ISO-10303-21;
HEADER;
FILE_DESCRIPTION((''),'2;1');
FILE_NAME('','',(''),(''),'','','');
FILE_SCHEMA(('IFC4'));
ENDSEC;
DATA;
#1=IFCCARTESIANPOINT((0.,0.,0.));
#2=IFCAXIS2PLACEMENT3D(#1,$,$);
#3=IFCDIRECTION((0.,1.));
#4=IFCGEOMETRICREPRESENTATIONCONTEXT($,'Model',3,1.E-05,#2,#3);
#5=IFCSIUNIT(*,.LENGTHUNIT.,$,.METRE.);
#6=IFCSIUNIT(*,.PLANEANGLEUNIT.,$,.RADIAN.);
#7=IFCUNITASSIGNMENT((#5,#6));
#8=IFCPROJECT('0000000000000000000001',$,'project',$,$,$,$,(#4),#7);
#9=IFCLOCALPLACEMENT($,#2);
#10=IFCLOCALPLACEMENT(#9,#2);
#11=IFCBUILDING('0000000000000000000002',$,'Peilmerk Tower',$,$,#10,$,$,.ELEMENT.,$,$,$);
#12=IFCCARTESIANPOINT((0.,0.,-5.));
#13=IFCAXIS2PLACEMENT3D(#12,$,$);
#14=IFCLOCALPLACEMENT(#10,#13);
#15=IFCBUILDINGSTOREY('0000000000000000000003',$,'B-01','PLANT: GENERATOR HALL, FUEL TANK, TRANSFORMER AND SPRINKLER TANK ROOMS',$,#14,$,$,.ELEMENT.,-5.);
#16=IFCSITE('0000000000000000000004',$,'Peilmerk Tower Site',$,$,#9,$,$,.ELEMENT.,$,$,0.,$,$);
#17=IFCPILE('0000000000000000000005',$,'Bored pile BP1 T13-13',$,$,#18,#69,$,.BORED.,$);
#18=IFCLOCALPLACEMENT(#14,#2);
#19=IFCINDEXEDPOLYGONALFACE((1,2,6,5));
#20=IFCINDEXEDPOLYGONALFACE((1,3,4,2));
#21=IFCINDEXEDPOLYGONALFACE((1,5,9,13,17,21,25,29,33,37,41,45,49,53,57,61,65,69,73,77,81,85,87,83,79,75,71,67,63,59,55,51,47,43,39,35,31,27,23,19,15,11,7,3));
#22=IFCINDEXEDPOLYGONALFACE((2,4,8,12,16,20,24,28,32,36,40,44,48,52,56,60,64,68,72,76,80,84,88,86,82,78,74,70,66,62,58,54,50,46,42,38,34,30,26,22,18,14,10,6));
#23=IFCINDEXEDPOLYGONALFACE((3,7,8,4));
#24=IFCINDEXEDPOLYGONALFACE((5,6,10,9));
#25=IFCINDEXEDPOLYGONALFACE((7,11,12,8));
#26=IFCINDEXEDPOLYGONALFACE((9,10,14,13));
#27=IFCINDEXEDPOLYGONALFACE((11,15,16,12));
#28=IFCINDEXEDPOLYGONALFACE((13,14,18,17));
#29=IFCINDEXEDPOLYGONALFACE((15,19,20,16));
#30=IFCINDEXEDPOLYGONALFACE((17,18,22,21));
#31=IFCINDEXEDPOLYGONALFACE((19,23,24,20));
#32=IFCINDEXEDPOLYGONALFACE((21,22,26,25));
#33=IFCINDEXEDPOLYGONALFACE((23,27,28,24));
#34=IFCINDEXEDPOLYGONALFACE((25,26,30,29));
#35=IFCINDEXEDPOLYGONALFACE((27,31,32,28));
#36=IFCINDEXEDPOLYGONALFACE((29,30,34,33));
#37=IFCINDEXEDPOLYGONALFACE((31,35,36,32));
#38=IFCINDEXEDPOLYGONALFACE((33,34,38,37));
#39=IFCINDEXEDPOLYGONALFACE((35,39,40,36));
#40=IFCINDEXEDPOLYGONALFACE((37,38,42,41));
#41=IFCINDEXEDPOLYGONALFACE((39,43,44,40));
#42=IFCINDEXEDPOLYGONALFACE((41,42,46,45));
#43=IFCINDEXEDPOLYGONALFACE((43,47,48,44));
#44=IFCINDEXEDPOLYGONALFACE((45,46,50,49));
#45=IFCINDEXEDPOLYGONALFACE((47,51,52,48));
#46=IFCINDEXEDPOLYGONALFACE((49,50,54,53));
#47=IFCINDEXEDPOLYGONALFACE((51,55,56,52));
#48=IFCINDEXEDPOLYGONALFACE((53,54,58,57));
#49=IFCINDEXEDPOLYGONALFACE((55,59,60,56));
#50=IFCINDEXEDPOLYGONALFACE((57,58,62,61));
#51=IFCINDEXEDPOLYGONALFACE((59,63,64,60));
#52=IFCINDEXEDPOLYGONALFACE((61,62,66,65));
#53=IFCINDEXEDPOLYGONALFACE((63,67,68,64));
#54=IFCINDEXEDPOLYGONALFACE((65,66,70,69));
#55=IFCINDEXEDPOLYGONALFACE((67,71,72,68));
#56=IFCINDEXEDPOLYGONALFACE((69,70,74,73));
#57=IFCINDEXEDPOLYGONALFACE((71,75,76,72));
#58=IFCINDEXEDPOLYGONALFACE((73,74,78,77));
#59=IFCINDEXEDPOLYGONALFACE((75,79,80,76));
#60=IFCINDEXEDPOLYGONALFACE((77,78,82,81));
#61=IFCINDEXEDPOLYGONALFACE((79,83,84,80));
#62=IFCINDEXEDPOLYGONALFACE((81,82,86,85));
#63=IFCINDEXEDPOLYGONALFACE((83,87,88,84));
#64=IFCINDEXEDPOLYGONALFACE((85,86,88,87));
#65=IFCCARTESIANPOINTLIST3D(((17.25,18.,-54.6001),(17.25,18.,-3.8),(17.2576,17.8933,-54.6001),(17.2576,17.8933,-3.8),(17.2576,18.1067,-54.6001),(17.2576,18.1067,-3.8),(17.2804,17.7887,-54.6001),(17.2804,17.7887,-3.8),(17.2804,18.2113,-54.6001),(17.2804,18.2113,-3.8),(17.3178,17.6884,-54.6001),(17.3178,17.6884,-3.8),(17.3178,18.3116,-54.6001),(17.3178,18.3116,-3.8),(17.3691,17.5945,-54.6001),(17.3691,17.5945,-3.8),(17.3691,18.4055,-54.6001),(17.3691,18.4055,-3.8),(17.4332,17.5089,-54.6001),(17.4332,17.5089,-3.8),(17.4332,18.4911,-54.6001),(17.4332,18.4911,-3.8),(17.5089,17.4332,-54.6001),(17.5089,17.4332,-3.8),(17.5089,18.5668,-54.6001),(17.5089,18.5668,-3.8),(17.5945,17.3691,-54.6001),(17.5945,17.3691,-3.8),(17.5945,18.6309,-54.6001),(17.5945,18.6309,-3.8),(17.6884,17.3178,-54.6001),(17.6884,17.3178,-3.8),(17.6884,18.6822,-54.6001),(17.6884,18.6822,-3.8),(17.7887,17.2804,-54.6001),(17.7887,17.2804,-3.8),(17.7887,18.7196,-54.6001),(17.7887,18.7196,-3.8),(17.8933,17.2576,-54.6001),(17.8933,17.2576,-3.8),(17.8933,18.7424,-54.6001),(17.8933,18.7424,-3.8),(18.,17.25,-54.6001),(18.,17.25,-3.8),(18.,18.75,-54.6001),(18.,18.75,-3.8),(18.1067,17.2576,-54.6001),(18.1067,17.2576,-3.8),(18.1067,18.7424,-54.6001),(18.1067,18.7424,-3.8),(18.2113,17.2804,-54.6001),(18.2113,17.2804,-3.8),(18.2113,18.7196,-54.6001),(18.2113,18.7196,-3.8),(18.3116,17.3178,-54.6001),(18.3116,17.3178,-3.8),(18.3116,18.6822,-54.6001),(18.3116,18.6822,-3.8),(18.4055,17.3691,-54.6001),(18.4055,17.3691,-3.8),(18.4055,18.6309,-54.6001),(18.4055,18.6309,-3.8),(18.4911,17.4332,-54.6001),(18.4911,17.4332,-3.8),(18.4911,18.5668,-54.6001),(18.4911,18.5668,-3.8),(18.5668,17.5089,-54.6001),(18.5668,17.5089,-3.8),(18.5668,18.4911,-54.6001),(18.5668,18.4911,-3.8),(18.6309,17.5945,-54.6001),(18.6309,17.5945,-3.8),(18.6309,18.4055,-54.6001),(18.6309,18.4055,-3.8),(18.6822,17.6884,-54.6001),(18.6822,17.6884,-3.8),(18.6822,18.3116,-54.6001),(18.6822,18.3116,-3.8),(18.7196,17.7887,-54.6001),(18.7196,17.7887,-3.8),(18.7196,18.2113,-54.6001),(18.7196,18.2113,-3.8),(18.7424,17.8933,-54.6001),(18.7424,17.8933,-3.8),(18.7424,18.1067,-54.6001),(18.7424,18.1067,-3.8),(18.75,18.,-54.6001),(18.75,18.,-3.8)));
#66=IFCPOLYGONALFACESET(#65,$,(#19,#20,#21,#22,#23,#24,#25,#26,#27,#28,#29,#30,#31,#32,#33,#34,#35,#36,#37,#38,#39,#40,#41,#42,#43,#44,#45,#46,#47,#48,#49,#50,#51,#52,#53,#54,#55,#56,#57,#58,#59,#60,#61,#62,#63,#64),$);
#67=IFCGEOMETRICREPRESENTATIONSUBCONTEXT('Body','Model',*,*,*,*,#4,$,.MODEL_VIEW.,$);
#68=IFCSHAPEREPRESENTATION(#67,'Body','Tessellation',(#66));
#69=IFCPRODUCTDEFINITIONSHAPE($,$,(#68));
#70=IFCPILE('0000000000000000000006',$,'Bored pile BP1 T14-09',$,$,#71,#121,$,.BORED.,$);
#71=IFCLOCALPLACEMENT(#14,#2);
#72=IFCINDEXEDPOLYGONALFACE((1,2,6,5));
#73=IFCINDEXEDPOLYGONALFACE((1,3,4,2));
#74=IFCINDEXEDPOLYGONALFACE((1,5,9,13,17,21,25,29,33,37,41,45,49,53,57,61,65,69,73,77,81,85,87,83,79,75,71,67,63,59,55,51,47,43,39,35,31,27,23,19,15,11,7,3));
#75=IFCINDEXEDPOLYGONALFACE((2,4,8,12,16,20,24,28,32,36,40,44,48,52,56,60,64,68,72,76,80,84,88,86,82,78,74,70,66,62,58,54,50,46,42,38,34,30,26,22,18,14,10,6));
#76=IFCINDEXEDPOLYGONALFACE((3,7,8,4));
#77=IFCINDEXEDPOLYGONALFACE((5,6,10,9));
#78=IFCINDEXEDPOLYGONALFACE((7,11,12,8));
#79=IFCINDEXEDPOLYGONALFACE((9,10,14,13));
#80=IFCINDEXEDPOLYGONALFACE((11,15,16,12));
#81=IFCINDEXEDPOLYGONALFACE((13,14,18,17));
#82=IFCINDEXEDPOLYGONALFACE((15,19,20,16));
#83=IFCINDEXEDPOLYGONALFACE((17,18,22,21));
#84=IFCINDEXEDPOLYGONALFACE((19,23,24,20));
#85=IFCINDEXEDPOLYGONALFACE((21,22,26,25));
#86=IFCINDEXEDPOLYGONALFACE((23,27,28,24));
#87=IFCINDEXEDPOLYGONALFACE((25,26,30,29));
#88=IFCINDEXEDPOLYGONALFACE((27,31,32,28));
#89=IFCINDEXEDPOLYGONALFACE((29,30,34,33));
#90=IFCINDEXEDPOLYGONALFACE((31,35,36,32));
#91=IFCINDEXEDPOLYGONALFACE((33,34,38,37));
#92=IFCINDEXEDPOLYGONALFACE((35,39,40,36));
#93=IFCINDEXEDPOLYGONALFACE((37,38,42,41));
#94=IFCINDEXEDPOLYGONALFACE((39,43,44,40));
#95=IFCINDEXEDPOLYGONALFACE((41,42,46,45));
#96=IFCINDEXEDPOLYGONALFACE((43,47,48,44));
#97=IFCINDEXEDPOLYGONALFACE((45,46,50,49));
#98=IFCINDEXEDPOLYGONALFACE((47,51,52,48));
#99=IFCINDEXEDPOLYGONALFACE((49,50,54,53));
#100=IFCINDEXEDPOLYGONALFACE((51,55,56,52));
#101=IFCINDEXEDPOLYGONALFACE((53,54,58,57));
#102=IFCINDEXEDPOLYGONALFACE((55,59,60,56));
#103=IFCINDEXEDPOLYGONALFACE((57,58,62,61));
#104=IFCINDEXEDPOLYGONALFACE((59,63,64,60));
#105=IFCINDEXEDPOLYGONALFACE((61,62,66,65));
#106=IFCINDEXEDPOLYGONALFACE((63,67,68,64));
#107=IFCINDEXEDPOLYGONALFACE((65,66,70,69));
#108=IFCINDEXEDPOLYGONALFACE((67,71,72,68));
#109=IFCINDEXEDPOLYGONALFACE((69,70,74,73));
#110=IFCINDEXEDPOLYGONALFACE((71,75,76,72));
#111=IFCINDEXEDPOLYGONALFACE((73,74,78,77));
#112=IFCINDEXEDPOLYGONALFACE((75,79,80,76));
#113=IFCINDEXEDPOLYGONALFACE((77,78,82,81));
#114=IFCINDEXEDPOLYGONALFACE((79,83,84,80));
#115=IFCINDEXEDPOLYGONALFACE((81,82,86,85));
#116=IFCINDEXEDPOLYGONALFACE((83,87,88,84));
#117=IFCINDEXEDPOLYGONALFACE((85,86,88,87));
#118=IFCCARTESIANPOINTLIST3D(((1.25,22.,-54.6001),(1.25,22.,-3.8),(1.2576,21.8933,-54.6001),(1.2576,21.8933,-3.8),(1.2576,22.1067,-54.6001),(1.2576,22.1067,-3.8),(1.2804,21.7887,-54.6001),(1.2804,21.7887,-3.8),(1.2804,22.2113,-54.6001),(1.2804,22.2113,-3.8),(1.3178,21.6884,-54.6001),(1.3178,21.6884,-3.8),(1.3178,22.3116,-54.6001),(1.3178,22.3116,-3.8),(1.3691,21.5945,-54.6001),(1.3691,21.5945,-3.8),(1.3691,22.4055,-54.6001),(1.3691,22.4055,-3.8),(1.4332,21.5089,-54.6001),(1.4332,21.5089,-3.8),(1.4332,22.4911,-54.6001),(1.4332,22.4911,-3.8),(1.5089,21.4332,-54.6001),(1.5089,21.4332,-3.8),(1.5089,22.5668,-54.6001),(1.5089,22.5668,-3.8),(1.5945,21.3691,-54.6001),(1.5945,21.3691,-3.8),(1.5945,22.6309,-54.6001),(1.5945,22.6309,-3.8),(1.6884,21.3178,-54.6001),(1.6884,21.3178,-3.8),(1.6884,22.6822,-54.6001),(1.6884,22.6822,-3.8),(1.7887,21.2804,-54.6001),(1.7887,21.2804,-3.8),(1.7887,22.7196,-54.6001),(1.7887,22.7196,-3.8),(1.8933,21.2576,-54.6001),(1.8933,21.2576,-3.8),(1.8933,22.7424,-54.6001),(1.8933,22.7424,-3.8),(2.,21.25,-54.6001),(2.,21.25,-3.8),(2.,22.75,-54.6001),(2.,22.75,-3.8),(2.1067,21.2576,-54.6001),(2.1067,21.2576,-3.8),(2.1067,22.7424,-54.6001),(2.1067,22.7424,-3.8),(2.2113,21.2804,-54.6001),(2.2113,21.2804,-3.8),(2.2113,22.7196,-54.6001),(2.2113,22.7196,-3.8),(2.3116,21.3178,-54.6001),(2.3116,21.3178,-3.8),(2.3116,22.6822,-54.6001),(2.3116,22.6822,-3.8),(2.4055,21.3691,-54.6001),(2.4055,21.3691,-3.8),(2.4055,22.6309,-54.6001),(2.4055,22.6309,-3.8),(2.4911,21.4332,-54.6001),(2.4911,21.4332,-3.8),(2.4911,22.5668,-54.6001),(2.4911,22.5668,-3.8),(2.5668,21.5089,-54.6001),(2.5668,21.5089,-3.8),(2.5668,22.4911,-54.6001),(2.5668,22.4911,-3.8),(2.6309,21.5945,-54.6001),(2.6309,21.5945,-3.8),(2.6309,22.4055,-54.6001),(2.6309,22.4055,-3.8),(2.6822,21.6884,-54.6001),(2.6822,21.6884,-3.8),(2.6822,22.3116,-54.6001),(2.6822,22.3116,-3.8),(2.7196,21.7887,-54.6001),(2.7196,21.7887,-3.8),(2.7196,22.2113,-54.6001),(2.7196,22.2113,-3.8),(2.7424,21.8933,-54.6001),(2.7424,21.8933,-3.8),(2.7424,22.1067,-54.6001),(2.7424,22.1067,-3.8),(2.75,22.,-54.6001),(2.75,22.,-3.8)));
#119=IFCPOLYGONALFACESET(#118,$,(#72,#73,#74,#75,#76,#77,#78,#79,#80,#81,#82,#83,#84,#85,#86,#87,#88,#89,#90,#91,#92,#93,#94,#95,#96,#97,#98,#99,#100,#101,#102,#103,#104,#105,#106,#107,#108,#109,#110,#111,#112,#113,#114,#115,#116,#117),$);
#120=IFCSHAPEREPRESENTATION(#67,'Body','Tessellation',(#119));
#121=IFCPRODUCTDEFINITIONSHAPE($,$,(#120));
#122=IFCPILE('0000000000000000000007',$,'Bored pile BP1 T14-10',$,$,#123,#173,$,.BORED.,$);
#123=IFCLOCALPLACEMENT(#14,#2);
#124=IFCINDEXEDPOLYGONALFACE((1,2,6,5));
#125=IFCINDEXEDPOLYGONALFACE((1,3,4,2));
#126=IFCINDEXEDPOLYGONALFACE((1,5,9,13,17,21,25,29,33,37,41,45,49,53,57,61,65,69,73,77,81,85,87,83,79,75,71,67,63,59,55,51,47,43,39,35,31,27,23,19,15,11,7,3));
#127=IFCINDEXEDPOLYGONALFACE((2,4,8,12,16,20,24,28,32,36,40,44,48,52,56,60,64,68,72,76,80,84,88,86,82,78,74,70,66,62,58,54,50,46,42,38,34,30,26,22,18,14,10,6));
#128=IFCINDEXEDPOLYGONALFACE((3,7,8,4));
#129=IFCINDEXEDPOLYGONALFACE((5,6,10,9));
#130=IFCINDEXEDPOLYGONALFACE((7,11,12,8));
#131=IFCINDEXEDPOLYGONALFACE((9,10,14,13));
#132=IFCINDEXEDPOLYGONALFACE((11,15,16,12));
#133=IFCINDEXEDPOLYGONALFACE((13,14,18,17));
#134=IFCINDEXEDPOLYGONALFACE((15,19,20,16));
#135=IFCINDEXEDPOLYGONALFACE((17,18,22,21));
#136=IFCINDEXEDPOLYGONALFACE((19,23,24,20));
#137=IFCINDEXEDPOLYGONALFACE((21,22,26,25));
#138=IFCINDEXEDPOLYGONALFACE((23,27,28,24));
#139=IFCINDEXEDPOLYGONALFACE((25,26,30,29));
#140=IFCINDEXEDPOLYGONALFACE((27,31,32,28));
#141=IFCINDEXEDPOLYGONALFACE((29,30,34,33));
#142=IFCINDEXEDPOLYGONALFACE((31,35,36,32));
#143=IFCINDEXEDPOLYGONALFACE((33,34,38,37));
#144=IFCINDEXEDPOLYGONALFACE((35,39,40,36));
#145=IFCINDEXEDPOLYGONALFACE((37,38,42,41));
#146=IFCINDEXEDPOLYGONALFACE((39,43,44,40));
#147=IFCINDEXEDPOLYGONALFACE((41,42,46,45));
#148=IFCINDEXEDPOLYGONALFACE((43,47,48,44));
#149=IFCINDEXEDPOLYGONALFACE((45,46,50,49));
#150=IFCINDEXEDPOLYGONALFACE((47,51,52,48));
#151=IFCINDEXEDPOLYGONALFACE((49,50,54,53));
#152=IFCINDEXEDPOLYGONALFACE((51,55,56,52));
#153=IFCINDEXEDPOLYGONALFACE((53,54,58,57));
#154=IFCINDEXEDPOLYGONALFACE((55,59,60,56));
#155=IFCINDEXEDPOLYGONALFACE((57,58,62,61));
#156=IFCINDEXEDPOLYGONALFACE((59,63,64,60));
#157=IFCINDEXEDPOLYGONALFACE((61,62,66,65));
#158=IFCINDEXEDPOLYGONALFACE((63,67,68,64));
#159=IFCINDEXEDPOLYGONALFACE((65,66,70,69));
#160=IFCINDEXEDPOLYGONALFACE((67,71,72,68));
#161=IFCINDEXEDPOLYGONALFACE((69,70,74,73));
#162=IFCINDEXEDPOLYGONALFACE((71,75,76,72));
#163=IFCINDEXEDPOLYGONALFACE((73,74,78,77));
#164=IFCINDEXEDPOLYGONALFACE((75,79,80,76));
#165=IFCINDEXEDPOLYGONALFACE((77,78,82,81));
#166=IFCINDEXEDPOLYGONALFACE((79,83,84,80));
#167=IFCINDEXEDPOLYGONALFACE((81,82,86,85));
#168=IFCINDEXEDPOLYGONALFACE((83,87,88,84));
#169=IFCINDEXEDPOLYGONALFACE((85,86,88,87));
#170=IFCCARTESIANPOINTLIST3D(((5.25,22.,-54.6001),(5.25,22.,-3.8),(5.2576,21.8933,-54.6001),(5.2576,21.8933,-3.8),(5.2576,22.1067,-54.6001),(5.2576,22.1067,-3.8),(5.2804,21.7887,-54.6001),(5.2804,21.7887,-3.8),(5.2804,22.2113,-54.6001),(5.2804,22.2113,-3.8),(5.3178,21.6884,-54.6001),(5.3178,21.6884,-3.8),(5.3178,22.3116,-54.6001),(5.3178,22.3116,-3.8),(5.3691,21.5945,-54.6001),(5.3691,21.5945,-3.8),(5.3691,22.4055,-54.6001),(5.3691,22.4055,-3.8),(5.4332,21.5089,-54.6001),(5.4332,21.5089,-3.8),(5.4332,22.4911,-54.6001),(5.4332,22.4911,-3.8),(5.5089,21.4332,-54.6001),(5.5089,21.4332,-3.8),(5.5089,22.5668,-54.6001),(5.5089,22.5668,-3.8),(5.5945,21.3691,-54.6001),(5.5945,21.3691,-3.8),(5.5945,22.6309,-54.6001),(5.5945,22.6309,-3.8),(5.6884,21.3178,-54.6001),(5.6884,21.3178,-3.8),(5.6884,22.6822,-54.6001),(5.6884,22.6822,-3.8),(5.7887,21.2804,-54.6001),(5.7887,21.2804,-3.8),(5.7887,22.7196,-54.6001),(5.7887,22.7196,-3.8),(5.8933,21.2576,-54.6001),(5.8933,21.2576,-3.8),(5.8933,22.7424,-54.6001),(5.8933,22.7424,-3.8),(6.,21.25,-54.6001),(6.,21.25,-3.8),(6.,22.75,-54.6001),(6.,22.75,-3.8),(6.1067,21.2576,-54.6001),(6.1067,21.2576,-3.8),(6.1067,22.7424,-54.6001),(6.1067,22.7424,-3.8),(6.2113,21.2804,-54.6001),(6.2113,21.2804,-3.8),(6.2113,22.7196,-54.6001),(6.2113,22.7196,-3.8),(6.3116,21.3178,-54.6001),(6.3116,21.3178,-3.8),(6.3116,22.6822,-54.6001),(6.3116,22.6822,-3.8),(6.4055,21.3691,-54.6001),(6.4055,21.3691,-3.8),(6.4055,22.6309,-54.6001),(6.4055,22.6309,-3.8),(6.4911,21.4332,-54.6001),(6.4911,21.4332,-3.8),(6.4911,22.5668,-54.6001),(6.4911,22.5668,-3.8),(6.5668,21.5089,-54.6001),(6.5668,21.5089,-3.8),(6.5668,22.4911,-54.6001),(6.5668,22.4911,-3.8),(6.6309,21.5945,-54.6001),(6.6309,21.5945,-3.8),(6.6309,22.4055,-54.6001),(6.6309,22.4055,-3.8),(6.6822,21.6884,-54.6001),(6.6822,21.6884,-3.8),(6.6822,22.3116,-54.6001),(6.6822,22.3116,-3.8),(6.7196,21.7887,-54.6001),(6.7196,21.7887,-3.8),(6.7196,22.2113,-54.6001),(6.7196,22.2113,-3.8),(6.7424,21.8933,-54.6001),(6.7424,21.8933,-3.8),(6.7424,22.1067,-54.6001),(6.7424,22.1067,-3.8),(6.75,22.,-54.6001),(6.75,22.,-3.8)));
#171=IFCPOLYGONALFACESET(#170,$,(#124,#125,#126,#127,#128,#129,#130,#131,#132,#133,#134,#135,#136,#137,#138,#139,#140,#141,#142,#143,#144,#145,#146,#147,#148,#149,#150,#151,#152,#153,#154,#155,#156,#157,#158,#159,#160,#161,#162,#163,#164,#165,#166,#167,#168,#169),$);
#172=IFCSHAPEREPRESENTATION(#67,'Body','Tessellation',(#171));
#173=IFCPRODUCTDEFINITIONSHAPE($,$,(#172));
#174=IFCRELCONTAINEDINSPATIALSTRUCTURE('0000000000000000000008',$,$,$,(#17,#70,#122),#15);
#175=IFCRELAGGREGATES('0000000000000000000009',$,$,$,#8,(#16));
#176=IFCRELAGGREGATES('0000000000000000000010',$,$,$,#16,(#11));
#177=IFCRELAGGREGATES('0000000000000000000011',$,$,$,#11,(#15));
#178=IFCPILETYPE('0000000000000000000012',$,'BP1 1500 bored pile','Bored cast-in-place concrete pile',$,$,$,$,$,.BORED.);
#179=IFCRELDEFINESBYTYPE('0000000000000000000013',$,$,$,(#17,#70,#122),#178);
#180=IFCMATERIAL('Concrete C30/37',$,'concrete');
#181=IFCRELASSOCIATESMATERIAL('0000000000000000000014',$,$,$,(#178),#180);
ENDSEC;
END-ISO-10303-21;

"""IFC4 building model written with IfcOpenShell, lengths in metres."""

from ifc_helpers import new_model, si_unit, direction, frame, origin, origin_2d, place, context, subcontext, project, spatial, circle, extrude, material, material_profile, profile_set, type_object, element, save


model = new_model("IFC4")

# Units and contexts
model_context = context("Model", 3, precision=1e-05, world=origin(), true_north=direction((0.0, 1.0)))
body_context = subcontext(model_context, "Body", "Model", "MODEL_VIEW")
ifc_project = project(units=[si_unit("LENGTHUNIT", "METRE"), si_unit("PLANEANGLEUNIT", "RADIAN")], contexts=[model_context])

# Site, building, storey
site_placement = place(None, origin())
site = spatial("IfcSite", under=ifc_project, at=site_placement, Name="Peilmerk Tower Site", CompositionType="ELEMENT", RefElevation=0.0)
building_placement = place(site_placement, origin())
building = spatial("IfcBuilding", under=site, at=building_placement, Name="Peilmerk Tower", CompositionType="ELEMENT")
storey_placement = place(building_placement, frame((0.0, 0.0, -5.0)))
storey = spatial("IfcBuildingStorey", under=building, at=storey_placement, Name="B-01", Description="PLANT: GENERATOR HALL, FUEL TANK, TRANSFORMER AND SPRINKLER TANK ROOMS", CompositionType="ELEMENT", Elevation=-5.0)

# Piles
ifc_material_1 = material(Name="Concrete C30/37", Category="concrete")
ifc_material_profile_1 = material_profile(ifc_material_1, circle(Radius=0.75, at=origin_2d()), Name="BP 1500")
ifc_profile_set_1 = profile_set([ifc_material_profile_1], Name="Concrete C30/37")
pile_type = type_object("IfcPileType", Name="BP1 1500 bored pile", Description="Bored cast-in-place concrete pile", PredefinedType="BORED", material=ifc_profile_set_1)
for number, where, z_axis, x_axis, name in (
    (1, (18.0, 18.0, -3.8), (0.0, 0.0, -1.0), (1.0, 0.0, 0.0), "Bored pile BP1 T13-13"),
    (2, (2.0, 22.0, -3.8), (0.0, 0.0, -1.0), (1.0, 0.0, 0.0), "Bored pile BP1 T14-09"),
    (3, (6.0, 22.0, -3.8), (0.0, 0.0, -1.0), (1.0, 0.0, 0.0), "Bored pile BP1 T14-10"),
):
    element("IfcPile", number, at=place(storey_placement, frame(where, z_axis=z_axis, x_axis=x_axis)), inside=storey, type_object=pile_type, Name=name, PredefinedType="BORED", context=body_context, shape_type="SweptSolid", body=[
        extrude(circle(Radius=0.75, at=origin_2d()), origin(), (0.0, 0.0, 1.0), 50.8),
    ])

save(model, "model.ifc")
